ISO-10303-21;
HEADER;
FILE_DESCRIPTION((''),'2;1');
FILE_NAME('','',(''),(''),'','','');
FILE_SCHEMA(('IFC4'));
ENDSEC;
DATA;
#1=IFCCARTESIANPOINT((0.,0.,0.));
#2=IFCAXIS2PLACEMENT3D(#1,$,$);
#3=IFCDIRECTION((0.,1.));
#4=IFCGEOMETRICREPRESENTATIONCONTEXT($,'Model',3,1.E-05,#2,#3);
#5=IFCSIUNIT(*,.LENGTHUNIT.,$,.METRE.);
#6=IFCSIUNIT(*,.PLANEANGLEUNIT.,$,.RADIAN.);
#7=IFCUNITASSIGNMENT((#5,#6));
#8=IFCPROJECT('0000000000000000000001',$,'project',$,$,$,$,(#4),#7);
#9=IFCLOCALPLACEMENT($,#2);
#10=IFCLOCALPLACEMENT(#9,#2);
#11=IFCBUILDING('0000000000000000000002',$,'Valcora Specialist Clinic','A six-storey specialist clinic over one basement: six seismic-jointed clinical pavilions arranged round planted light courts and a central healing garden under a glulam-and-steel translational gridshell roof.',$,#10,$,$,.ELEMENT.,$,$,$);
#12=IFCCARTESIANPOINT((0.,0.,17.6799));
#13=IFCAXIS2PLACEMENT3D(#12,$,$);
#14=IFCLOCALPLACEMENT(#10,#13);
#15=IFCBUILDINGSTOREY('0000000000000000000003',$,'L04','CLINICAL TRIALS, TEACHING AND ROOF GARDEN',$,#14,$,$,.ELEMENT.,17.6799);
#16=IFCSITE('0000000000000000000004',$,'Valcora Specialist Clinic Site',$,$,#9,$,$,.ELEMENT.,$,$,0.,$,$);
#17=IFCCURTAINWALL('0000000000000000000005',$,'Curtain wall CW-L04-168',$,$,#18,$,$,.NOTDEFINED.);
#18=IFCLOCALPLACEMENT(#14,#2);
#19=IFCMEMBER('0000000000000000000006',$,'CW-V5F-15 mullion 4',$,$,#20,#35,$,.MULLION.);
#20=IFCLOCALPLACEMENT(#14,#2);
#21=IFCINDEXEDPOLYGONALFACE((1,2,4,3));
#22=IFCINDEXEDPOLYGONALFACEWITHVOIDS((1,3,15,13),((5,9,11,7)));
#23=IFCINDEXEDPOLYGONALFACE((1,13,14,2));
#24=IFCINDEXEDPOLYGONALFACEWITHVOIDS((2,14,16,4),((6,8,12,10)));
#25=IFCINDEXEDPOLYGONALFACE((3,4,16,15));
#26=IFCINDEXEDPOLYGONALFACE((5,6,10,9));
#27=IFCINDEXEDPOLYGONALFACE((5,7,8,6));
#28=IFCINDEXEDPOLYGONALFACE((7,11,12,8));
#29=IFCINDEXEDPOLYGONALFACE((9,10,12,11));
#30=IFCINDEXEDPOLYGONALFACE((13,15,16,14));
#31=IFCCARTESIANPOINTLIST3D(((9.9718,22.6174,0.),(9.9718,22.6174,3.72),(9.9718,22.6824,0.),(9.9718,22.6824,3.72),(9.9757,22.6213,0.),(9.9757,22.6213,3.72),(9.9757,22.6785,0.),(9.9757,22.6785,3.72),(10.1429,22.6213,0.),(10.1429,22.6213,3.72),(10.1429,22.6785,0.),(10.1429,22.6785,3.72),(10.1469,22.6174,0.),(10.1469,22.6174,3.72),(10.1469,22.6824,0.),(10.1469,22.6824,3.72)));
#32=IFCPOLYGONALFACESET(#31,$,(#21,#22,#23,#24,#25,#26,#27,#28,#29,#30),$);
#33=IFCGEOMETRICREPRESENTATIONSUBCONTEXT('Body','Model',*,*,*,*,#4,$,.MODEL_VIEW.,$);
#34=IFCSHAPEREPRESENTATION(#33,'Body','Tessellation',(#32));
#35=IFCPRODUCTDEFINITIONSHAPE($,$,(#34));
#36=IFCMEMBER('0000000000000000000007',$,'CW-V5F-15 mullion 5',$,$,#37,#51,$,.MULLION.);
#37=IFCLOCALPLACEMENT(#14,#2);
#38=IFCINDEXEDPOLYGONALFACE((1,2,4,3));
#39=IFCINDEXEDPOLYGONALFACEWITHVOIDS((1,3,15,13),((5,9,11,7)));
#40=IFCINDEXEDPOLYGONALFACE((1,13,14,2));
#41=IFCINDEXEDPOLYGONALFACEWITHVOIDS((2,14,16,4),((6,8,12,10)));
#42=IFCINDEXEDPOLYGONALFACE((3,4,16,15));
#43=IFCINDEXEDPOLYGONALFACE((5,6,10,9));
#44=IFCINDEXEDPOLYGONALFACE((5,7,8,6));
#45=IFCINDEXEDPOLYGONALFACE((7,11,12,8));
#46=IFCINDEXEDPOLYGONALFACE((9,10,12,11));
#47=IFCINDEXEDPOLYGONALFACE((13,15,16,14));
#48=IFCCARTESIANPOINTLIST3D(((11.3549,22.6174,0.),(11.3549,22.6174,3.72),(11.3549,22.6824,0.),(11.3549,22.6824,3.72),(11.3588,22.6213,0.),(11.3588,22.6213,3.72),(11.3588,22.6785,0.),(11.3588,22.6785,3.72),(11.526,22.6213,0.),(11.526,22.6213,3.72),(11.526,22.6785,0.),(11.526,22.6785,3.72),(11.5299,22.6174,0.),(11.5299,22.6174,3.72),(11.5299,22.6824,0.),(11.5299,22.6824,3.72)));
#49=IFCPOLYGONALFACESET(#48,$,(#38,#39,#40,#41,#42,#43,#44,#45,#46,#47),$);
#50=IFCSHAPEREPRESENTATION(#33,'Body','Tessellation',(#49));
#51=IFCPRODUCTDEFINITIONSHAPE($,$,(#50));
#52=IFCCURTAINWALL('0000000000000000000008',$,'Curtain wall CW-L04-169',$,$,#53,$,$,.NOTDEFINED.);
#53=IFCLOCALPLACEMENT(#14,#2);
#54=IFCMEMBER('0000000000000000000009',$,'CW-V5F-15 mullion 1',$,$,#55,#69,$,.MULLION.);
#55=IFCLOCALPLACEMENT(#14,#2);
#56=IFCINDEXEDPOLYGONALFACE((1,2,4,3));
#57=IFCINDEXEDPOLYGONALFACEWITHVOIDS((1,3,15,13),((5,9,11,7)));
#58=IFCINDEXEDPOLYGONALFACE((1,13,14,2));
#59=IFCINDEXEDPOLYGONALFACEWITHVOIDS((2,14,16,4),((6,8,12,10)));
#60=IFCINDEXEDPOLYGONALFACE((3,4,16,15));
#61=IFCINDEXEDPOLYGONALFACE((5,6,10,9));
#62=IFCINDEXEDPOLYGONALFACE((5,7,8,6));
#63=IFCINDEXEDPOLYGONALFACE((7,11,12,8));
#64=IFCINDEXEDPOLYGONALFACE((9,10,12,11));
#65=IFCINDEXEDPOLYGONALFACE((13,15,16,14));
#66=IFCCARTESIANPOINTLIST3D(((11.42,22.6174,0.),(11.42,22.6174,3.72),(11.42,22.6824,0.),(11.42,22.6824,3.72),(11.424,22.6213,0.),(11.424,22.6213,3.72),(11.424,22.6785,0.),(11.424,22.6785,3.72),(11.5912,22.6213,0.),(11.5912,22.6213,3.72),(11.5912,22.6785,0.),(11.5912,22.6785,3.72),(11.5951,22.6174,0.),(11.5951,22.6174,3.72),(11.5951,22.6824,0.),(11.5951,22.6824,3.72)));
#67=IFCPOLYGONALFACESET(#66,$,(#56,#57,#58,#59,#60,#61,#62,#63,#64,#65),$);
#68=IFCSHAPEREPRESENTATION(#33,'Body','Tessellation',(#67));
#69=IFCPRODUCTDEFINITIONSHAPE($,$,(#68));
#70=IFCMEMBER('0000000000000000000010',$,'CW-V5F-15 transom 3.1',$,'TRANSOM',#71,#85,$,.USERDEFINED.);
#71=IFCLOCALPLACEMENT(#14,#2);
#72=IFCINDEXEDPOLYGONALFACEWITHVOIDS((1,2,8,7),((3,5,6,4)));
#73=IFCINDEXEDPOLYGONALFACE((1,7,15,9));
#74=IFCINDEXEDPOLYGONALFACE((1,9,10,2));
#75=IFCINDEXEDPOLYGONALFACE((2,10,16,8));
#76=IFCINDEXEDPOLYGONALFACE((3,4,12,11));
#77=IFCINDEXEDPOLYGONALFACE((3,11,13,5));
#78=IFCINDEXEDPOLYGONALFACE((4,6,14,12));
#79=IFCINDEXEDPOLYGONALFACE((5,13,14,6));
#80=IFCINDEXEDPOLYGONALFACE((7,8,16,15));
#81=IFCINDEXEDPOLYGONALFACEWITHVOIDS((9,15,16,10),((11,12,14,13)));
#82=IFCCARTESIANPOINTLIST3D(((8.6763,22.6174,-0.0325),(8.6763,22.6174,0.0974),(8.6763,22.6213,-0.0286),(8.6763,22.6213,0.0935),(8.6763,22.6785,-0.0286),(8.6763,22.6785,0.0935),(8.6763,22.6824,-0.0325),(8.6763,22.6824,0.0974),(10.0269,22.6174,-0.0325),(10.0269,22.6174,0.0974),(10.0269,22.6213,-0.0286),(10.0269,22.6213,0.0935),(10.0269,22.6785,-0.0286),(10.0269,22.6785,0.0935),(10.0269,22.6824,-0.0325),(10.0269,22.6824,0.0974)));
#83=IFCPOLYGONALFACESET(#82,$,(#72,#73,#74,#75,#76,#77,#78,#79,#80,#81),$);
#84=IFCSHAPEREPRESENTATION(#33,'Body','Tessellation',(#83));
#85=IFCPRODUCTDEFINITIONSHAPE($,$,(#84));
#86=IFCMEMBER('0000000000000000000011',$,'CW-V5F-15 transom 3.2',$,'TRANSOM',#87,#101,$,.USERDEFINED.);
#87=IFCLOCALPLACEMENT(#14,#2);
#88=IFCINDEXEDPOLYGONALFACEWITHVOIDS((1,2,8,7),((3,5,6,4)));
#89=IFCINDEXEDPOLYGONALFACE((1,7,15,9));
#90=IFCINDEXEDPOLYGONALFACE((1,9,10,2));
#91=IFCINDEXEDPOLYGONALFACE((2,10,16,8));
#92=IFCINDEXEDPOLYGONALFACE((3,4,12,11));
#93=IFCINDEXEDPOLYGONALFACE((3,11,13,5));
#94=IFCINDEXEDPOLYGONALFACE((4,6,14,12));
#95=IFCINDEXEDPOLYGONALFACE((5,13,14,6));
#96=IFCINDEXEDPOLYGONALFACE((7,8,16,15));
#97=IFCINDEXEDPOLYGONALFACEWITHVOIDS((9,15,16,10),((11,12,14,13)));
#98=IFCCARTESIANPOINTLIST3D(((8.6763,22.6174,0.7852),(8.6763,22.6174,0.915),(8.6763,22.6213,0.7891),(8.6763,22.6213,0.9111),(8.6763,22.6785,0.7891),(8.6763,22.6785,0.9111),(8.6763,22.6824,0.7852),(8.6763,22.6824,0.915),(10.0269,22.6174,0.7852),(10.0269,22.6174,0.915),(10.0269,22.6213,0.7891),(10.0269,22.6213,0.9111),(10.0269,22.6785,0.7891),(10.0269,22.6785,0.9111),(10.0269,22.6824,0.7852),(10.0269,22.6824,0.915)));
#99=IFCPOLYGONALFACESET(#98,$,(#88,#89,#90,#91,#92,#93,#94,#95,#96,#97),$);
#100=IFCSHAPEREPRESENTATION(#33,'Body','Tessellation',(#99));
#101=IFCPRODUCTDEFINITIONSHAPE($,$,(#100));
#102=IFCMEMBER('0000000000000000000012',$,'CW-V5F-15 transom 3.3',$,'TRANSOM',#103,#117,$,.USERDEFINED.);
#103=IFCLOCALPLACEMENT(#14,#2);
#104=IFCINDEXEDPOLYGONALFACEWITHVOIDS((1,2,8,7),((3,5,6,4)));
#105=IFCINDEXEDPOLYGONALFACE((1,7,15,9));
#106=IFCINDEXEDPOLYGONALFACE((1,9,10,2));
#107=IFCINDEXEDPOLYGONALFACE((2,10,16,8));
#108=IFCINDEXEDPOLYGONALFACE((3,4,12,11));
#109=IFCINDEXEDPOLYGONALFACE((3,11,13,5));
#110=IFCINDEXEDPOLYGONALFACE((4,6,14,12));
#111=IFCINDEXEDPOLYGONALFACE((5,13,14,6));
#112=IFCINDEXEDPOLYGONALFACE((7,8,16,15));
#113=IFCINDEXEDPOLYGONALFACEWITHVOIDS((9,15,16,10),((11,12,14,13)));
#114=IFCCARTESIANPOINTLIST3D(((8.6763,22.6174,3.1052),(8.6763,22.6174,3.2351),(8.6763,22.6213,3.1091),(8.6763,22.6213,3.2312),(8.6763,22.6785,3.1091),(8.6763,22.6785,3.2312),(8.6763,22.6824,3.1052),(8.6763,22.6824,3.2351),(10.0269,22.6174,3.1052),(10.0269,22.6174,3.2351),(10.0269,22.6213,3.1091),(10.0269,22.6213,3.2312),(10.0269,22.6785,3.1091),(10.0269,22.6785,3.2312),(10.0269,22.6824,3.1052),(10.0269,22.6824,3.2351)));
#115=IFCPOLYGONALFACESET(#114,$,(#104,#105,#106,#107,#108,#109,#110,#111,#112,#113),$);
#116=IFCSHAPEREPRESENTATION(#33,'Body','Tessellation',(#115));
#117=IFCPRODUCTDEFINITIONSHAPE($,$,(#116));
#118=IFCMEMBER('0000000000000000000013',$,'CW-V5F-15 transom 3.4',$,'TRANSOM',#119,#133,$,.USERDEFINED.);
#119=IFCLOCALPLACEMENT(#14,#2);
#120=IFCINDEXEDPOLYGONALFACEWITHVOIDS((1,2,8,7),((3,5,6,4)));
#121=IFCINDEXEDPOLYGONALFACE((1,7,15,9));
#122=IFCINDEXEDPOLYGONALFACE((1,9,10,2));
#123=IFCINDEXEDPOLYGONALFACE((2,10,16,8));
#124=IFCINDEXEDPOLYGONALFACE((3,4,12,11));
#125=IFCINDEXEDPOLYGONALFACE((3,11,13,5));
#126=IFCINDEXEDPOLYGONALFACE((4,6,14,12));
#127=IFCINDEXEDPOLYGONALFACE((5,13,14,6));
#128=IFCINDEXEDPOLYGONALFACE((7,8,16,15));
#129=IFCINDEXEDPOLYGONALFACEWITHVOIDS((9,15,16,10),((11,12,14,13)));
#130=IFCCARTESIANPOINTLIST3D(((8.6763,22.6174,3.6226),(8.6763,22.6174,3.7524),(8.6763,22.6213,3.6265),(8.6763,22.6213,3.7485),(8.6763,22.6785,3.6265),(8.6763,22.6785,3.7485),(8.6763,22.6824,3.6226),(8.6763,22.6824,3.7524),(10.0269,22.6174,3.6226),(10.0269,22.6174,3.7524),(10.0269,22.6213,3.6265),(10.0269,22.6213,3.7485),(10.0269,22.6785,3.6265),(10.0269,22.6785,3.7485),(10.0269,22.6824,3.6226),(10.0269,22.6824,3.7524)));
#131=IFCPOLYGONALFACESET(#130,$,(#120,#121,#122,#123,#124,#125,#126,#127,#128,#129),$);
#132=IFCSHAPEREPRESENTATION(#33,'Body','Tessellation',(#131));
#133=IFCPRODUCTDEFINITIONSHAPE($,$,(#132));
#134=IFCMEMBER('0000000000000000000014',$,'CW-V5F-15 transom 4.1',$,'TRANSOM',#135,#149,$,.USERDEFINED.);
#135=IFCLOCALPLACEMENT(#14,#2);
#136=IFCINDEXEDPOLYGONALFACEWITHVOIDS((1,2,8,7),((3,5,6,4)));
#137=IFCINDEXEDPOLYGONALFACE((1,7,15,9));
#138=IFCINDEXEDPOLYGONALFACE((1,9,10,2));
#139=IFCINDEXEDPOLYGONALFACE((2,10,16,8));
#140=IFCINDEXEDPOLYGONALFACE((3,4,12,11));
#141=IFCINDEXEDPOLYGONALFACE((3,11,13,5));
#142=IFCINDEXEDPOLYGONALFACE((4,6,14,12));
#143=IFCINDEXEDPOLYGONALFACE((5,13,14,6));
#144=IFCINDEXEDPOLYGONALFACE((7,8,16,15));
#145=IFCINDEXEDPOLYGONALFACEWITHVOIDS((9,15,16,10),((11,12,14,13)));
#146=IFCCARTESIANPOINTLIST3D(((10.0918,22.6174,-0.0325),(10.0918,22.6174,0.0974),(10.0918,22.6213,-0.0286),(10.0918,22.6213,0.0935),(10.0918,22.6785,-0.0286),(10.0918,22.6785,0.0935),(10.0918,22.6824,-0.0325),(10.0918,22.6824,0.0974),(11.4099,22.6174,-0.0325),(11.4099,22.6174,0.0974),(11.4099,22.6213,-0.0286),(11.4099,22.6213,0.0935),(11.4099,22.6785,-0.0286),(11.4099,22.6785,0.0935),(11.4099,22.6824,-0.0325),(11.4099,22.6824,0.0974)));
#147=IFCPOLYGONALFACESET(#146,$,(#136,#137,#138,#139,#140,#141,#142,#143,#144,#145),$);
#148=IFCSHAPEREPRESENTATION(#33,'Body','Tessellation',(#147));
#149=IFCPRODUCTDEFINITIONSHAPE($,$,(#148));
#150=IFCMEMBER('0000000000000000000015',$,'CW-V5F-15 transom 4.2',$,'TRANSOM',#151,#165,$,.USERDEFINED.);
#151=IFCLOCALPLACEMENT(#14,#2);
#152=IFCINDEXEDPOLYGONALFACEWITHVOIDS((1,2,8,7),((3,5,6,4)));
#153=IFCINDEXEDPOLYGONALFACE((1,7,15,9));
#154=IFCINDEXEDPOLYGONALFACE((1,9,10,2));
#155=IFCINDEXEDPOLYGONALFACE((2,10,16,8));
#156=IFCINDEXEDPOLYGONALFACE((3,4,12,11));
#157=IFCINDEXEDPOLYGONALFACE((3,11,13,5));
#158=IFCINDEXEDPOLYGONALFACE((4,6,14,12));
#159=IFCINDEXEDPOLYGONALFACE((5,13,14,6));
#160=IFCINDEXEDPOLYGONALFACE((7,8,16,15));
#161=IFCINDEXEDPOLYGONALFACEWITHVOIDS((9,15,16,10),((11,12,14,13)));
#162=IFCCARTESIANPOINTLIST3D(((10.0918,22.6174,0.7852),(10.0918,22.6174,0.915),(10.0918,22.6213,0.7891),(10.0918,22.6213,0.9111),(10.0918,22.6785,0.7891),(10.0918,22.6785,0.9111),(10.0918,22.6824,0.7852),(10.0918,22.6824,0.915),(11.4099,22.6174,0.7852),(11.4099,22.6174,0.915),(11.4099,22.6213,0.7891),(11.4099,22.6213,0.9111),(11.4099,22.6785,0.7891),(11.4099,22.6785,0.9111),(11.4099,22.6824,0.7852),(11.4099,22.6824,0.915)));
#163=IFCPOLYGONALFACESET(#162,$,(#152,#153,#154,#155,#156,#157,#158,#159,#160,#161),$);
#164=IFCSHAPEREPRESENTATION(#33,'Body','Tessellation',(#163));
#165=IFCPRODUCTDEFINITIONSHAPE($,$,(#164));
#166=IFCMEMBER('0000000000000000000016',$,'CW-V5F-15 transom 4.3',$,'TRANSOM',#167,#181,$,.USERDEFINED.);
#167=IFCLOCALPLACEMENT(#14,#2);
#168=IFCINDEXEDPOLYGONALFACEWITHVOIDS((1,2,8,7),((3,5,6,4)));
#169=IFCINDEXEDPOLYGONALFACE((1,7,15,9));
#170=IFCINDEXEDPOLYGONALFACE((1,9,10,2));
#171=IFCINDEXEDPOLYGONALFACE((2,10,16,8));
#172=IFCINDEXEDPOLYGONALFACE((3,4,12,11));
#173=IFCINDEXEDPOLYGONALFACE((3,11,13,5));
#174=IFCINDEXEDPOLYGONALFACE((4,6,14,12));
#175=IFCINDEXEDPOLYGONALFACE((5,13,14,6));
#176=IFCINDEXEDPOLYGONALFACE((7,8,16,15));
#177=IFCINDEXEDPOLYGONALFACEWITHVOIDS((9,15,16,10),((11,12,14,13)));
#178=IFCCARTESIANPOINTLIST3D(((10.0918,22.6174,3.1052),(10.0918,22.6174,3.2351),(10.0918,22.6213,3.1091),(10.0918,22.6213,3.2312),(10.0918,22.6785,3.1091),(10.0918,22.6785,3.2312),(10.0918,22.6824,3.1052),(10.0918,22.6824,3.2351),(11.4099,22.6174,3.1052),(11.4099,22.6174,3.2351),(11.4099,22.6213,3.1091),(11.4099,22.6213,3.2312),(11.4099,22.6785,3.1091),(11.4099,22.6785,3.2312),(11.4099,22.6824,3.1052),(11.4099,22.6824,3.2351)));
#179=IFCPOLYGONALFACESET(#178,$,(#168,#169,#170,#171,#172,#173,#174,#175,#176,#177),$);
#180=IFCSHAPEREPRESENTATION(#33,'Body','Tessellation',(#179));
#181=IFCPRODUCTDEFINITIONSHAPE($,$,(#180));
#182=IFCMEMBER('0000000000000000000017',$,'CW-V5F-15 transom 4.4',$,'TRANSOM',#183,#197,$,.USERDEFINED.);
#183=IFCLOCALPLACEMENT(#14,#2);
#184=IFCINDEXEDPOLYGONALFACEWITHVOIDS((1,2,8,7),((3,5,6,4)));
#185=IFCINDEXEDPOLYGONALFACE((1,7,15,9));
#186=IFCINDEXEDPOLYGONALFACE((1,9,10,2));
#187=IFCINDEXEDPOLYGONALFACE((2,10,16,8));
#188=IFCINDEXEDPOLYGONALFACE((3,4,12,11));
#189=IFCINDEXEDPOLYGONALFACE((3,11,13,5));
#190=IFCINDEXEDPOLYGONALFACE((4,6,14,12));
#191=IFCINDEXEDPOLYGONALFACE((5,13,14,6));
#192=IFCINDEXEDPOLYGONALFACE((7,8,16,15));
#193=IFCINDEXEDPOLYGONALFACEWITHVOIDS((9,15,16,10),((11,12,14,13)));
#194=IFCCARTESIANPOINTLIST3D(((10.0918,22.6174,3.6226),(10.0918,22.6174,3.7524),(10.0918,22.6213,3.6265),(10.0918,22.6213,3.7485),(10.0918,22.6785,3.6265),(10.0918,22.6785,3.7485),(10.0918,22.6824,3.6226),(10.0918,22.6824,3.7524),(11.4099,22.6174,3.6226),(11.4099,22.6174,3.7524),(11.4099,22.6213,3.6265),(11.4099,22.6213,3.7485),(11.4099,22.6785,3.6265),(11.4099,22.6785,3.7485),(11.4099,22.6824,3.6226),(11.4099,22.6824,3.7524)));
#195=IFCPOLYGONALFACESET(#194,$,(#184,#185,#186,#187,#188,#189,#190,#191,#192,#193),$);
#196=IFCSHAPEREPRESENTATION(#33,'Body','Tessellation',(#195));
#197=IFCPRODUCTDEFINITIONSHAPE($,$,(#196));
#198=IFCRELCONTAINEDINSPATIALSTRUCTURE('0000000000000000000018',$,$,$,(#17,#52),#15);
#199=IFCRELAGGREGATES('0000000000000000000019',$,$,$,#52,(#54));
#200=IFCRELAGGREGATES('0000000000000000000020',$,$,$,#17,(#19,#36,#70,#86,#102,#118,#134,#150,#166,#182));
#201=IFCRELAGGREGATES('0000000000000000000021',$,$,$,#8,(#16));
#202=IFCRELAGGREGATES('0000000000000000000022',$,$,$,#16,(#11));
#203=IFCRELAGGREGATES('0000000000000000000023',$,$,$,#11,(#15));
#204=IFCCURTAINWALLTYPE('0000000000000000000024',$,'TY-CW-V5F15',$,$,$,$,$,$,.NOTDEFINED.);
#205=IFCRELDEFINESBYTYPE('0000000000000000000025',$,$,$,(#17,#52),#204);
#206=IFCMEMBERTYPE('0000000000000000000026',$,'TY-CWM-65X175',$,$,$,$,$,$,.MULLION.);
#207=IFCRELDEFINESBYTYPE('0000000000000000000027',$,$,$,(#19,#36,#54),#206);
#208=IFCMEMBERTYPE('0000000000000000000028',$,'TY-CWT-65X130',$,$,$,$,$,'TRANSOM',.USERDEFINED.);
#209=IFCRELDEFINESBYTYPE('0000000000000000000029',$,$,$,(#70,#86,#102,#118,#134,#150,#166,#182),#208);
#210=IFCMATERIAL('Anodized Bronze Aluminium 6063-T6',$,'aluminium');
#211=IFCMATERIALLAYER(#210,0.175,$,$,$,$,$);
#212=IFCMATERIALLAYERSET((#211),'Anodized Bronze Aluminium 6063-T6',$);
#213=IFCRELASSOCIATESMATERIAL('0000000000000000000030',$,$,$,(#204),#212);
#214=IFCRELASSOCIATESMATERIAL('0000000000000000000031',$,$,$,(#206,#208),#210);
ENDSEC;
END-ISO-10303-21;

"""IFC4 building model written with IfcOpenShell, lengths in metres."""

from ifc_helpers import new_model, si_unit, direction, frame, origin, origin_2d, place, context, subcontext, project, spatial, hollow_rectangle, extrude, material, layer, layer_set, material_profile, profile_set, type_object, element, aggregate, save


model = new_model("IFC4")

# Units and contexts
model_context = context("Model", 3, precision=1e-05, world=origin(), true_north=direction((0.0, 1.0)))
body_context = subcontext(model_context, "Body", "Model", "MODEL_VIEW")
ifc_project = project(units=[si_unit("LENGTHUNIT", "METRE"), si_unit("PLANEANGLEUNIT", "RADIAN")], contexts=[model_context])

# Site, building, storey
site_placement = place(None, origin())
site = spatial("IfcSite", under=ifc_project, at=site_placement, Name="Valcora Specialist Clinic Site", CompositionType="ELEMENT", RefElevation=0.0)
building_placement = place(site_placement, origin())
building = spatial("IfcBuilding", under=site, at=building_placement, Name="Valcora Specialist Clinic", Description="A six-storey specialist clinic over one basement: six seismic-jointed clinical pavilions arranged round planted light courts and a central healing garden under a glulam-and-steel translational gridshell roof.", CompositionType="ELEMENT")
storey_placement = place(building_placement, frame((0.0, 0.0, 17.6799)))
storey = spatial("IfcBuildingStorey", under=building, at=storey_placement, Name="L04", Description="CLINICAL TRIALS, TEACHING AND ROOF GARDEN", CompositionType="ELEMENT", Elevation=17.6799)

# Curtain wall, members
ifc_material_1 = material(Name="Anodized Bronze Aluminium 6063-T6", Category="aluminium")
ifc_layer_1 = layer(ifc_material_1, 0.175)
ifc_layer_set_1 = layer_set([ifc_layer_1], Name="Anodized Bronze Aluminium 6063-T6")
curtain_wall_type = type_object("IfcCurtainWallType", Name="TY-CW-V5F15", PredefinedType="NOTDEFINED", material=ifc_layer_set_1)
curtain_wall_1_placement = place(storey_placement, origin())
curtain_wall_1 = element("IfcCurtainWall", 1, at=curtain_wall_1_placement, inside=storey, type_object=curtain_wall_type, Name="Curtain wall CW-L04-168", PredefinedType="NOTDEFINED")
ifc_material_profile_1 = material_profile(ifc_material_1, hollow_rectangle(XDim=0.0649, YDim=0.175, WallThickness=0.0039, at=origin_2d()), Name="AL-MUL-65X175")
ifc_profile_set_1 = profile_set([ifc_material_profile_1], Name="Anodized Bronze Aluminium 6063-T6")
member_type_1 = type_object("IfcMemberType", Name="TY-CWM-65X175", PredefinedType="MULLION", material=ifc_profile_set_1)
member_1_placement = place(storey_placement, frame((10.0593, 22.6499, 0.0), z_axis=(0.0, 0.0, 1.0), x_axis=(0.0, 1.0, 0.0)))
member_1 = element("IfcMember", 2, at=member_1_placement, type_object=member_type_1, Name="CW-V5F-15 mullion 4", PredefinedType="MULLION", context=body_context, shape_type="SweptSolid", body=[
    extrude(hollow_rectangle(XDim=0.0649, YDim=0.175, WallThickness=0.0039, at=origin_2d()), origin(), (0.0, 0.0, 1.0), 3.72),
])
member_2_placement = place(storey_placement, frame((11.4424, 22.6499, 0.0), z_axis=(0.0, 0.0, 1.0), x_axis=(0.0, 1.0, 0.0)))
member_2 = element("IfcMember", 3, at=member_2_placement, type_object=member_type_1, Name="CW-V5F-15 mullion 5", PredefinedType="MULLION", context=body_context, shape_type="SweptSolid", body=[
    extrude(hollow_rectangle(XDim=0.0649, YDim=0.175, WallThickness=0.0039, at=origin_2d()), origin(), (0.0, 0.0, 1.0), 3.72),
])

# Curtain wall, member
curtain_wall_2_placement = place(storey_placement, origin())
curtain_wall_2 = element("IfcCurtainWall", 4, at=curtain_wall_2_placement, inside=storey, type_object=curtain_wall_type, Name="Curtain wall CW-L04-169", PredefinedType="NOTDEFINED")
member_3_placement = place(storey_placement, frame((11.5076, 22.6499, 0.0), z_axis=(0.0, 0.0, 1.0), x_axis=(0.0, 1.0, 0.0)))
member_3 = element("IfcMember", 5, at=member_3_placement, type_object=member_type_1, Name="CW-V5F-15 mullion 1", PredefinedType="MULLION", context=body_context, shape_type="SweptSolid", body=[
    extrude(hollow_rectangle(XDim=0.0649, YDim=0.175, WallThickness=0.0039, at=origin_2d()), origin(), (0.0, 0.0, 1.0), 3.72),
])

# Members
ifc_material_profile_2 = material_profile(ifc_material_1, hollow_rectangle(XDim=0.0649, YDim=0.1299, WallThickness=0.0039, at=origin_2d()), Name="AL-TRN-65X130")
ifc_profile_set_2 = profile_set([ifc_material_profile_2], Name="Anodized Bronze Aluminium 6063-T6")
member_type_2 = type_object("IfcMemberType", Name="TY-CWT-65X130", ElementType="TRANSOM", PredefinedType="USERDEFINED", material=ifc_profile_set_2)
member_4_placement = place(storey_placement, frame((8.6763, 22.6499, 0.0325), z_axis=(1.0, 0.0, 0.0), x_axis=(0.0, 1.0, 0.0)))
member_4 = element("IfcMember", 6, at=member_4_placement, type_object=member_type_2, Name="CW-V5F-15 transom 3.1", ObjectType="TRANSOM", PredefinedType="USERDEFINED", context=body_context, shape_type="SweptSolid", body=[
    extrude(hollow_rectangle(XDim=0.0649, YDim=0.1299, WallThickness=0.0039, at=origin_2d()), origin(), (0.0, 0.0, 1.0), 1.3506),
])
member_5_placement = place(storey_placement, frame((8.6763, 22.6499, 0.8501), z_axis=(1.0, 0.0, 0.0), x_axis=(0.0, 1.0, 0.0)))
member_5 = element("IfcMember", 7, at=member_5_placement, type_object=member_type_2, Name="CW-V5F-15 transom 3.2", ObjectType="TRANSOM", PredefinedType="USERDEFINED", context=body_context, shape_type="SweptSolid", body=[
    extrude(hollow_rectangle(XDim=0.0649, YDim=0.1299, WallThickness=0.0039, at=origin_2d()), origin(), (0.0, 0.0, 1.0), 1.3506),
])
member_6_placement = place(storey_placement, frame((8.6763, 22.6499, 3.1702), z_axis=(1.0, 0.0, 0.0), x_axis=(0.0, 1.0, 0.0)))
member_6 = element("IfcMember", 8, at=member_6_placement, type_object=member_type_2, Name="CW-V5F-15 transom 3.3", ObjectType="TRANSOM", PredefinedType="USERDEFINED", context=body_context, shape_type="SweptSolid", body=[
    extrude(hollow_rectangle(XDim=0.0649, YDim=0.1299, WallThickness=0.0039, at=origin_2d()), origin(), (0.0, 0.0, 1.0), 1.3506),
])
member_7_placement = place(storey_placement, frame((8.6763, 22.6499, 3.6875), z_axis=(1.0, 0.0, 0.0), x_axis=(0.0, 1.0, 0.0)))
member_7 = element("IfcMember", 9, at=member_7_placement, type_object=member_type_2, Name="CW-V5F-15 transom 3.4", ObjectType="TRANSOM", PredefinedType="USERDEFINED", context=body_context, shape_type="SweptSolid", body=[
    extrude(hollow_rectangle(XDim=0.0649, YDim=0.1299, WallThickness=0.0039, at=origin_2d()), origin(), (0.0, 0.0, 1.0), 1.3506),
])
member_8_placement = place(storey_placement, frame((10.0918, 22.6499, 0.0325), z_axis=(1.0, 0.0, 0.0), x_axis=(0.0, 1.0, 0.0)))
member_8 = element("IfcMember", 10, at=member_8_placement, type_object=member_type_2, Name="CW-V5F-15 transom 4.1", ObjectType="TRANSOM", PredefinedType="USERDEFINED", context=body_context, shape_type="SweptSolid", body=[
    extrude(hollow_rectangle(XDim=0.0649, YDim=0.1299, WallThickness=0.0039, at=origin_2d()), origin(), (0.0, 0.0, 1.0), 1.3181),
])
member_9_placement = place(storey_placement, frame((10.0918, 22.6499, 0.8501), z_axis=(1.0, 0.0, 0.0), x_axis=(0.0, 1.0, 0.0)))
member_9 = element("IfcMember", 11, at=member_9_placement, type_object=member_type_2, Name="CW-V5F-15 transom 4.2", ObjectType="TRANSOM", PredefinedType="USERDEFINED", context=body_context, shape_type="SweptSolid", body=[
    extrude(hollow_rectangle(XDim=0.0649, YDim=0.1299, WallThickness=0.0039, at=origin_2d()), origin(), (0.0, 0.0, 1.0), 1.3181),
])
member_10_placement = place(storey_placement, frame((10.0918, 22.6499, 3.1702), z_axis=(1.0, 0.0, 0.0), x_axis=(0.0, 1.0, 0.0)))
member_10 = element("IfcMember", 12, at=member_10_placement, type_object=member_type_2, Name="CW-V5F-15 transom 4.3", ObjectType="TRANSOM", PredefinedType="USERDEFINED", context=body_context, shape_type="SweptSolid", body=[
    extrude(hollow_rectangle(XDim=0.0649, YDim=0.1299, WallThickness=0.0039, at=origin_2d()), origin(), (0.0, 0.0, 1.0), 1.3181),
])
member_11_placement = place(storey_placement, frame((10.0918, 22.6499, 3.6875), z_axis=(1.0, 0.0, 0.0), x_axis=(0.0, 1.0, 0.0)))
member_11 = element("IfcMember", 13, at=member_11_placement, type_object=member_type_2, Name="CW-V5F-15 transom 4.4", ObjectType="TRANSOM", PredefinedType="USERDEFINED", context=body_context, shape_type="SweptSolid", body=[
    extrude(hollow_rectangle(XDim=0.0649, YDim=0.1299, WallThickness=0.0039, at=origin_2d()), origin(), (0.0, 0.0, 1.0), 1.3181),
])
aggregate(curtain_wall_2, [member_3])

aggregate(curtain_wall_1, [member_1, member_2, member_4, member_5, member_6, member_7, member_8, member_9, member_10, member_11])

save(model, "model.ifc")
